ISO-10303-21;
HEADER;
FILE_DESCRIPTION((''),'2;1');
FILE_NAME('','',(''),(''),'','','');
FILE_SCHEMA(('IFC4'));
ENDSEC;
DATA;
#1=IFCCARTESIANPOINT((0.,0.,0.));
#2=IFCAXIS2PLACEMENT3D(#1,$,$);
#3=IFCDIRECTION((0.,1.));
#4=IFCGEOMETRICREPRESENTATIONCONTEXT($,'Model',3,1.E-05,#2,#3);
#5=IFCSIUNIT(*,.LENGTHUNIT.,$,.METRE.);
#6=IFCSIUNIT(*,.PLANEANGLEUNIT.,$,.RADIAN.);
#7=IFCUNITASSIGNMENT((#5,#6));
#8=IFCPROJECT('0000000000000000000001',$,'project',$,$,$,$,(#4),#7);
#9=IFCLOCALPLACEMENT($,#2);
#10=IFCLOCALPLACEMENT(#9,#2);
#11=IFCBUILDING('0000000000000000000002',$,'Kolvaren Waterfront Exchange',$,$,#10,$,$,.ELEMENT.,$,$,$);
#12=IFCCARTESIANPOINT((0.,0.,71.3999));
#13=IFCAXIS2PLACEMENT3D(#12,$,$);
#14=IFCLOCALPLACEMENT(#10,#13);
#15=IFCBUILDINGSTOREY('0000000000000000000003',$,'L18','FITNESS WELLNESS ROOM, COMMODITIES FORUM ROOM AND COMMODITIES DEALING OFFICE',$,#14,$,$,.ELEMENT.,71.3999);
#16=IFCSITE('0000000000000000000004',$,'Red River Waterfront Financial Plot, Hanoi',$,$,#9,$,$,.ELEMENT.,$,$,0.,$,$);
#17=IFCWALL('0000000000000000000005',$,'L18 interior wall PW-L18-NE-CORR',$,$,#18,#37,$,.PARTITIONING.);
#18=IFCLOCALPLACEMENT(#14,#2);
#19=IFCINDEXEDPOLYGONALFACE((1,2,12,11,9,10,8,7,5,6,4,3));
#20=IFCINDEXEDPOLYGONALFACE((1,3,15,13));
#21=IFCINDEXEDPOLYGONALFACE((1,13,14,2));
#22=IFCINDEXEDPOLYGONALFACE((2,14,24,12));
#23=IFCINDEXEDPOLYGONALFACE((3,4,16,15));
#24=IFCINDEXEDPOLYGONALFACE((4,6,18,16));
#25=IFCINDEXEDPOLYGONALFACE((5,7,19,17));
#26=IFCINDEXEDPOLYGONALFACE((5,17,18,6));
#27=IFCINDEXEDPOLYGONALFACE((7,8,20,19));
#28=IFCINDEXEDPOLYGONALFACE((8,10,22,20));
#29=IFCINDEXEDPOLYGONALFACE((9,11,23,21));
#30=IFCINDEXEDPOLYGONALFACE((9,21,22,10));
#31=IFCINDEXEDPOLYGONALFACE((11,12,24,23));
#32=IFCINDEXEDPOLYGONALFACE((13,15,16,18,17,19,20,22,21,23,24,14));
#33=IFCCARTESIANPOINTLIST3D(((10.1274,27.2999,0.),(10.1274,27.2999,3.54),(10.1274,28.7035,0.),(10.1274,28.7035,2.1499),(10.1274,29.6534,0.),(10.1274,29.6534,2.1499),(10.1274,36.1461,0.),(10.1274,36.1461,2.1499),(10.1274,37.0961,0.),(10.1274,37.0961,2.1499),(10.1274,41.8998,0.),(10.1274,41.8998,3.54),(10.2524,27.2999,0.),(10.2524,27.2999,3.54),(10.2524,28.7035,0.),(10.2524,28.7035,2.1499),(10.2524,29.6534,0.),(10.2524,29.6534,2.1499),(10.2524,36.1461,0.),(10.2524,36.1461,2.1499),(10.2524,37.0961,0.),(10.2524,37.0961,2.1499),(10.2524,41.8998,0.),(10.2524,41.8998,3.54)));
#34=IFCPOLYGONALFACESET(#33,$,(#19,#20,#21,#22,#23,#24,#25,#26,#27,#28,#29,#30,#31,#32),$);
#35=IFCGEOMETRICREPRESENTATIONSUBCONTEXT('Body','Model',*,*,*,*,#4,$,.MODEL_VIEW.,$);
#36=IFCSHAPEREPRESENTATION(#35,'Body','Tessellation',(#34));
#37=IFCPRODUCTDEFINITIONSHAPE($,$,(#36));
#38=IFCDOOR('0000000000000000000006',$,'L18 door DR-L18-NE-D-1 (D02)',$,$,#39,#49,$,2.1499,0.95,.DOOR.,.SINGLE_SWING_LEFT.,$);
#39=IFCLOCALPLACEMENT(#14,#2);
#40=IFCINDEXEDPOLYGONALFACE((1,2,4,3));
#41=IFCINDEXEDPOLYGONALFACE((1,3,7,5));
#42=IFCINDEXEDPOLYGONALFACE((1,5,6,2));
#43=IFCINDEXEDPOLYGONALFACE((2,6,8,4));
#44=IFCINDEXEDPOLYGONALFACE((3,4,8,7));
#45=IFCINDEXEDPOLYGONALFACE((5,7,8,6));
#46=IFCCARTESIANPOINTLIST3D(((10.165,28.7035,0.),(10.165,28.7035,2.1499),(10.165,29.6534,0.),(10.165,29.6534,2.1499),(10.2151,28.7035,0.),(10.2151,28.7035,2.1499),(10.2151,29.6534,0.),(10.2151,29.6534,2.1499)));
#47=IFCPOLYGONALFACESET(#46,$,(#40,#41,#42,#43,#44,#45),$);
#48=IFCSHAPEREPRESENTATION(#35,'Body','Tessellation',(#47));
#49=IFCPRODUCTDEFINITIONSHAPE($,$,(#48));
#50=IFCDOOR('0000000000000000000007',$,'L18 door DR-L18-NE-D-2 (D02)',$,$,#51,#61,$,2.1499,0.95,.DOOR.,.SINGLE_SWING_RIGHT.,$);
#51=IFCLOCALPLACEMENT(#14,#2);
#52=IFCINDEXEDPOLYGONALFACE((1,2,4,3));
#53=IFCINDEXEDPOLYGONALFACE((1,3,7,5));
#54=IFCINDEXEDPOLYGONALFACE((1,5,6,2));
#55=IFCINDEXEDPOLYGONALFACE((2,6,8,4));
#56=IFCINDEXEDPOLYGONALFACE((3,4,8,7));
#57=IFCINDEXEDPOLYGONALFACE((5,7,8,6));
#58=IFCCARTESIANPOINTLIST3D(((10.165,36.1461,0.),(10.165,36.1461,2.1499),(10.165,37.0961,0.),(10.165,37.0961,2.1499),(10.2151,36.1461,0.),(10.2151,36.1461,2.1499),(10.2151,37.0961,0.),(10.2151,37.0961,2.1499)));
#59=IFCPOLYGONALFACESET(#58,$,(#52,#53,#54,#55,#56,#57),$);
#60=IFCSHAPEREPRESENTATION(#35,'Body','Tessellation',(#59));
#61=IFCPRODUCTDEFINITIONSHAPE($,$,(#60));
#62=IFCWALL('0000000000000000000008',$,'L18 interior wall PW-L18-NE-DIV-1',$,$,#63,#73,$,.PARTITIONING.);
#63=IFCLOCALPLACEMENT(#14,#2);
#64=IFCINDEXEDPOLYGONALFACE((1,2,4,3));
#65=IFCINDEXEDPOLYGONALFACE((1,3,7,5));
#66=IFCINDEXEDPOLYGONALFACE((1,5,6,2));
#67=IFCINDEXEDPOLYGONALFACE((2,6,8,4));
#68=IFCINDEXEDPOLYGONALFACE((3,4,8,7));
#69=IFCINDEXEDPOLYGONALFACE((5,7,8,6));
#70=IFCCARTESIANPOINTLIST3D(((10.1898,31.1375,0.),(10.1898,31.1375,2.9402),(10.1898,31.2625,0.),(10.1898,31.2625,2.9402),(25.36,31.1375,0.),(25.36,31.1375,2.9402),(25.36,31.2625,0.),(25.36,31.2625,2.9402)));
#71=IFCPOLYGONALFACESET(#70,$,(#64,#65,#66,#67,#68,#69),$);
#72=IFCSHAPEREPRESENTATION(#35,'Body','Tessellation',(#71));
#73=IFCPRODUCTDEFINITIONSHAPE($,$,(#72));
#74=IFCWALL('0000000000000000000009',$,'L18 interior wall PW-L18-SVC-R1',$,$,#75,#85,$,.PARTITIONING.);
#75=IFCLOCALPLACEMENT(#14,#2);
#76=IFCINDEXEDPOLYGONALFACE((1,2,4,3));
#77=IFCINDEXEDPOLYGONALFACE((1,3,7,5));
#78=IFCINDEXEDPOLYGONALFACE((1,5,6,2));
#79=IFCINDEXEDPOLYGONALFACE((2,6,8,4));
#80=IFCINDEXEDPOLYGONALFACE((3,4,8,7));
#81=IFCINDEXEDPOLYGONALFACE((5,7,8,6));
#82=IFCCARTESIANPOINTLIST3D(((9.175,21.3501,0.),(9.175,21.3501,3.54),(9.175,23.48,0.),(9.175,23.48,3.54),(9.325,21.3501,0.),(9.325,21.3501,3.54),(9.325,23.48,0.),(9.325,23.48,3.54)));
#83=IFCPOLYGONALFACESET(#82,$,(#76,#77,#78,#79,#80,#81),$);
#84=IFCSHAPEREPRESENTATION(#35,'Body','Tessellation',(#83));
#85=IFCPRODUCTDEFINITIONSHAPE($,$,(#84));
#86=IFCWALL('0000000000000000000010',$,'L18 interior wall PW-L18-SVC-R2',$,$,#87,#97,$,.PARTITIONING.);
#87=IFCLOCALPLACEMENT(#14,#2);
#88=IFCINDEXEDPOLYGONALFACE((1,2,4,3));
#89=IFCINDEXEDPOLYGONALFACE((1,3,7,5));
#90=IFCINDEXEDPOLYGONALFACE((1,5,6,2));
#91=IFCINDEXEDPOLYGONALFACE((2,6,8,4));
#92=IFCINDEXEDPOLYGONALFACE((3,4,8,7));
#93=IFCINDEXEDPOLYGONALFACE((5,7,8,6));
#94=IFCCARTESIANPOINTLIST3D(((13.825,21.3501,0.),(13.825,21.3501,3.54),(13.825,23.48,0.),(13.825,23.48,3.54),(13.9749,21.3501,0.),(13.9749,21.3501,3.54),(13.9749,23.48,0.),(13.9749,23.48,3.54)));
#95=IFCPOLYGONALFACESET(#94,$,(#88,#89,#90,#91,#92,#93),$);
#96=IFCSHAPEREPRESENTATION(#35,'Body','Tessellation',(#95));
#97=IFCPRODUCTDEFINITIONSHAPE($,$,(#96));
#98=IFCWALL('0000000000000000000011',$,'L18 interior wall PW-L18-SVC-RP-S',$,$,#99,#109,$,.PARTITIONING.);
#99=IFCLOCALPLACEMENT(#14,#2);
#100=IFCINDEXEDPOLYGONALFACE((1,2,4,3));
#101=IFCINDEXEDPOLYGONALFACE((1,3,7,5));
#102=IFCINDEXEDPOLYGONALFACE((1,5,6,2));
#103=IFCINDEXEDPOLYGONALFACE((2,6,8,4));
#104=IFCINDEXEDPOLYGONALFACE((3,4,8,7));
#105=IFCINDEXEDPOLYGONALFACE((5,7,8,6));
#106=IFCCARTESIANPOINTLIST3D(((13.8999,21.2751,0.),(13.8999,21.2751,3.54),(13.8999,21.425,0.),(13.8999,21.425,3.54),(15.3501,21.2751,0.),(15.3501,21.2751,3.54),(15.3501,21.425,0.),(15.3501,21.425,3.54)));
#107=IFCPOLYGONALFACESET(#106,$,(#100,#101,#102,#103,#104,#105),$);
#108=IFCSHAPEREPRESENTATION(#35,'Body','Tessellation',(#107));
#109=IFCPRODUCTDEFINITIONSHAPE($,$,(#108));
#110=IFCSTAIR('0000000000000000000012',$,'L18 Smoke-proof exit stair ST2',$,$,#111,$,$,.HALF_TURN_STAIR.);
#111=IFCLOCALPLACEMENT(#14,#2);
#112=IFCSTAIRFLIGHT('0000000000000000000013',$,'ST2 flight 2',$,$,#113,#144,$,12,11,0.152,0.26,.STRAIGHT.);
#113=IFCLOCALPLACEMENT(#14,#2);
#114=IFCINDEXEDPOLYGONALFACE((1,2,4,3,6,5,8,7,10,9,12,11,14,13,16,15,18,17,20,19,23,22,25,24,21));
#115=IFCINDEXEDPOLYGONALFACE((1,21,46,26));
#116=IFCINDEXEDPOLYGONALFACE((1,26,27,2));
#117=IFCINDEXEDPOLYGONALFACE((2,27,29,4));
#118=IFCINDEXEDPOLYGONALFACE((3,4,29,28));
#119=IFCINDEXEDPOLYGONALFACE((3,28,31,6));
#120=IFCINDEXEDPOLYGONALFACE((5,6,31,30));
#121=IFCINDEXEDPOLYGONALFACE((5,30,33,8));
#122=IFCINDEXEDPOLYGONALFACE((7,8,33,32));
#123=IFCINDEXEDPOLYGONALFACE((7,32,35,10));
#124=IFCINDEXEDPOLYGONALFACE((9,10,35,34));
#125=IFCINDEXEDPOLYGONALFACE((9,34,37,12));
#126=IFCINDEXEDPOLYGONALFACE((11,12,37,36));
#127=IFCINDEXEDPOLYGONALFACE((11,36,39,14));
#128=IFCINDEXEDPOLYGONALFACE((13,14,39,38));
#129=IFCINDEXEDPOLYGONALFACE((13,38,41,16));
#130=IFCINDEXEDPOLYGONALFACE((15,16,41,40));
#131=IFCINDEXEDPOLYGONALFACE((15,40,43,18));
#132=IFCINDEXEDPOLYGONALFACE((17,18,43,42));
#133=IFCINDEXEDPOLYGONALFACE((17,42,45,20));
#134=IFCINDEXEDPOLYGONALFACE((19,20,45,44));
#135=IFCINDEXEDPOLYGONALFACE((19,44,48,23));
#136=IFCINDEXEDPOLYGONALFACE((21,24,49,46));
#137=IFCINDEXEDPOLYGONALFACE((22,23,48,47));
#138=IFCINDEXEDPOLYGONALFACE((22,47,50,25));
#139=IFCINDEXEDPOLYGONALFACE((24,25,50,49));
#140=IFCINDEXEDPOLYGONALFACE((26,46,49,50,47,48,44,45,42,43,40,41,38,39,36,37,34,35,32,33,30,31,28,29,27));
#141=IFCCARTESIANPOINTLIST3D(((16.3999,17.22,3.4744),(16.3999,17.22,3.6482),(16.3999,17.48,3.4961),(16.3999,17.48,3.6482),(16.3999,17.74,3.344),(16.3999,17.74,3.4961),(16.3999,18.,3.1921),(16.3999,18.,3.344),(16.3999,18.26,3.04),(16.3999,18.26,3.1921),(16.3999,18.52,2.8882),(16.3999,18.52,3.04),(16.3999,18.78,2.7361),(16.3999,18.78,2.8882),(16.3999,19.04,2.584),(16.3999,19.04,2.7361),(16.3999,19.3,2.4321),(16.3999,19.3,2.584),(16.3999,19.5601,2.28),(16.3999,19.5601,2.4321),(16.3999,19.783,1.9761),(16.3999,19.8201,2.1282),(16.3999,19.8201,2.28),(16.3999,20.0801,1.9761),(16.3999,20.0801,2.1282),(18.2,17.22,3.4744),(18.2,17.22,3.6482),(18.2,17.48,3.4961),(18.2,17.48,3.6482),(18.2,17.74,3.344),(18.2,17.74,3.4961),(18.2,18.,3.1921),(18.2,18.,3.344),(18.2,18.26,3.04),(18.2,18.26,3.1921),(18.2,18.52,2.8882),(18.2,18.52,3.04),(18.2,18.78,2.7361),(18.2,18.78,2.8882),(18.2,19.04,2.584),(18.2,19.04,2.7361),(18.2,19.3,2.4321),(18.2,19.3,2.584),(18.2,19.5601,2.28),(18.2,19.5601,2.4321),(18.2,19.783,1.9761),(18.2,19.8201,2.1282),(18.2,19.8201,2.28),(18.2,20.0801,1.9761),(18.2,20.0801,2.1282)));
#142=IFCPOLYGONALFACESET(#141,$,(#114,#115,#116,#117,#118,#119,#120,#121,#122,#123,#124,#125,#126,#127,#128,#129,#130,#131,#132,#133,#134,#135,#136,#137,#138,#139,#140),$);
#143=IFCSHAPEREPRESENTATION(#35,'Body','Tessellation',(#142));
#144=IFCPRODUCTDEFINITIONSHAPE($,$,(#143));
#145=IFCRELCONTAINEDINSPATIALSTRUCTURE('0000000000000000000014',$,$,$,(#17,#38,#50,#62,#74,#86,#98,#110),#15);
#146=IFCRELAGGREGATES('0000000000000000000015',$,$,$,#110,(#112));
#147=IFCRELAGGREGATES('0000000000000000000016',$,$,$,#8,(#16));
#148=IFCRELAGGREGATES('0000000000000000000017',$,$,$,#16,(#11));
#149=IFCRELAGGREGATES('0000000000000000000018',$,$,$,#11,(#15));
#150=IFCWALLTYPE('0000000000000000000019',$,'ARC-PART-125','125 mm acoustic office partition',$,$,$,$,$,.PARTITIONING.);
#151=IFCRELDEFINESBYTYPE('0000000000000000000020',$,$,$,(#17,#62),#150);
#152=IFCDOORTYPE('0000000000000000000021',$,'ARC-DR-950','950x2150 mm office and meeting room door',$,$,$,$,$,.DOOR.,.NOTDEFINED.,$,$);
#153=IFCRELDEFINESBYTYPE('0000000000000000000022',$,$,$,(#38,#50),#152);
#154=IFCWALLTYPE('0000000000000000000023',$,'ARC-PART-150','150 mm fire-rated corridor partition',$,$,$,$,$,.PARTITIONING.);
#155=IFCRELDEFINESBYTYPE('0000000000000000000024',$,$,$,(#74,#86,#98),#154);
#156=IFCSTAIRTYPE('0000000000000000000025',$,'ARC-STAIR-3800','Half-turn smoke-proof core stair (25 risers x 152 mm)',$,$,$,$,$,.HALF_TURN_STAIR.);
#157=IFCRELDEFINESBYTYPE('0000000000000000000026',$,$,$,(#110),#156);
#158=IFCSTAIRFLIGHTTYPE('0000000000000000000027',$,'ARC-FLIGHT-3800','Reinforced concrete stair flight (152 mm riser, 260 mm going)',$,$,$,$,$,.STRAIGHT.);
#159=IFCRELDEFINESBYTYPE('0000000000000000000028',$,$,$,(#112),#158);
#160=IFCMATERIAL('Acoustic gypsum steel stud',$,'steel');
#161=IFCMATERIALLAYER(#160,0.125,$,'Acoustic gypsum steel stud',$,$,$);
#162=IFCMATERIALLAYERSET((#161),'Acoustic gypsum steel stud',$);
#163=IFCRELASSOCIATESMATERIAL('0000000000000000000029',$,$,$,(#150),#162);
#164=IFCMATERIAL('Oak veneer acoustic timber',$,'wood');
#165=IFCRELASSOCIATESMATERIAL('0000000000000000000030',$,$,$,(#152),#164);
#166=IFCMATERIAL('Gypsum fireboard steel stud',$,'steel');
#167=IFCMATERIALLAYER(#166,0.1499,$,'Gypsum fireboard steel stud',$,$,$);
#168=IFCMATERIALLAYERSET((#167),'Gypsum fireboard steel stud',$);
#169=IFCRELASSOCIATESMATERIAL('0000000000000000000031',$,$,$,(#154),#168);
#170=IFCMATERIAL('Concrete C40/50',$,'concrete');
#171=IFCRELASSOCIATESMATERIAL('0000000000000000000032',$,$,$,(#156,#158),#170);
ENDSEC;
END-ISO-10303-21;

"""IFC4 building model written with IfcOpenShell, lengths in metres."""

from ifc_helpers import new_model, si_unit, direction, frame, frame_2d, origin, place, context, subcontext, project, spatial, polyline, rectangle, outline, extrude, material, layer, layer_set, type_object, element, fill, aggregate, save


model = new_model("IFC4")

# Units and contexts
model_context = context("Model", 3, precision=1e-05, world=origin(), true_north=direction((0.0, 1.0)))
body_context = subcontext(model_context, "Body", "Model", "MODEL_VIEW")
ifc_project = project(units=[si_unit("LENGTHUNIT", "METRE"), si_unit("PLANEANGLEUNIT", "RADIAN")], contexts=[model_context])

# Site, building, storey
site_placement = place(None, origin())
site = spatial("IfcSite", under=ifc_project, at=site_placement, Name="Red River Waterfront Financial Plot, Hanoi", CompositionType="ELEMENT", RefElevation=0.0)
building_placement = place(site_placement, origin())
building = spatial("IfcBuilding", under=site, at=building_placement, Name="Kolvaren Waterfront Exchange", CompositionType="ELEMENT")
storey_placement = place(building_placement, frame((0.0, 0.0, 71.3999)))
storey = spatial("IfcBuildingStorey", under=building, at=storey_placement, Name="L18", Description="FITNESS WELLNESS ROOM, COMMODITIES FORUM ROOM AND COMMODITIES DEALING OFFICE", CompositionType="ELEMENT", Elevation=71.3999)

# Shared definitions
ifc_material_1 = material(Name="Acoustic gypsum steel stud", Category="steel")
ifc_layer_1 = layer(ifc_material_1, 0.125, Name="Acoustic gypsum steel stud")
ifc_layer_set_1 = layer_set([ifc_layer_1], Name="Acoustic gypsum steel stud")
wall_type_1 = type_object("IfcWallType", Name="ARC-PART-125", Description="125 mm acoustic office partition", PredefinedType="PARTITIONING", material=ifc_layer_set_1)

# Shared definitions
ifc_material_2 = material(Name="Oak veneer acoustic timber", Category="wood")
door_type_1 = type_object("IfcDoorType", Name="ARC-DR-950", Description="950x2150 mm office and meeting room door", OperationType="NOTDEFINED", PredefinedType="DOOR", material=ifc_material_2)

# Wall, openings, doors
wall_1_placement = place(storey_placement, frame((10.1899, 27.3, 0.0), z_axis=(0.0, 0.0, 1.0), x_axis=(0.0, 1.0, 0.0)))
wall_1 = element("IfcWall", 1, at=wall_1_placement, inside=storey, type_object=wall_type_1, Name="L18 interior wall PW-L18-NE-CORR", PredefinedType="PARTITIONING", context=body_context, shape_type="SweptSolid", body=[
    extrude(rectangle(XDim=14.5999, YDim=0.125, at=frame_2d((7.2998, 0.0))), origin(), (0.0, 0.0, 1.0), 3.54),
])
opening_1_placement = place(wall_1_placement, frame((1.4033, 0.0, 0.0)))
opening_1 = element("IfcOpeningElement", 2, at=opening_1_placement, cuts=wall_1, PredefinedType="OPENING", context=body_context, shape_type="SweptSolid", body=[
    extrude(rectangle(XDim=0.95, YDim=2.1499, at=frame_2d((0.4751, 1.075))), frame((0.0, 0.0725, 0.0), z_axis=(0.0, -1.0, 0.0), x_axis=(1.0, 0.0, 0.0)), (0.0, 0.0, 1.0), 0.145),
])
opening_2_placement = place(wall_1_placement, frame((8.8459, 0.0, 0.0)))
opening_2 = element("IfcOpeningElement", 3, at=opening_2_placement, cuts=wall_1, PredefinedType="OPENING", context=body_context, shape_type="SweptSolid", body=[
    extrude(rectangle(XDim=0.95, YDim=2.1499, at=frame_2d((0.4751, 1.075))), frame((0.0, 0.0725, 0.0), z_axis=(0.0, -1.0, 0.0), x_axis=(1.0, 0.0, 0.0)), (0.0, 0.0, 1.0), 0.145),
])
door_1_placement = place(opening_1_placement, origin())
door_1 = element("IfcDoor", 4, at=door_1_placement, inside=storey, type_object=door_type_1, Name="L18 door DR-L18-NE-D-1 (D02)", OperationType="SINGLE_SWING_LEFT", OverallHeight=2.1499, OverallWidth=0.95, PredefinedType="DOOR", context=body_context, shape_type="SweptSolid", body=[
    extrude(rectangle(XDim=0.95, YDim=2.1499, at=frame_2d((0.4751, 1.075))), frame((0.0, 0.0249, 0.0), z_axis=(0.0, -1.0, 0.0), x_axis=(1.0, 0.0, 0.0)), (0.0, 0.0, 1.0), 0.05),
])
fill(opening_1, door_1)
door_2_placement = place(opening_2_placement, origin())
door_2 = element("IfcDoor", 5, at=door_2_placement, inside=storey, type_object=door_type_1, Name="L18 door DR-L18-NE-D-2 (D02)", OperationType="SINGLE_SWING_RIGHT", OverallHeight=2.1499, OverallWidth=0.95, PredefinedType="DOOR", context=body_context, shape_type="SweptSolid", body=[
    extrude(rectangle(XDim=0.95, YDim=2.1499, at=frame_2d((0.4751, 1.075))), frame((0.0, 0.0249, 0.0), z_axis=(0.0, -1.0, 0.0), x_axis=(1.0, 0.0, 0.0)), (0.0, 0.0, 1.0), 0.05),
])
fill(opening_2, door_2)

# Walls
wall_2_placement = place(storey_placement, frame((10.1899, 31.2, 0.0), z_axis=(0.0, 0.0, 1.0), x_axis=(1.0, 0.0, 0.0)))
element("IfcWall", 6, at=wall_2_placement, inside=storey, type_object=wall_type_1, Name="L18 interior wall PW-L18-NE-DIV-1", PredefinedType="PARTITIONING", context=body_context, shape_type="SweptSolid", body=[
    extrude(rectangle(XDim=15.1702, YDim=0.125, at=frame_2d((7.585, 0.0))), origin(), (0.0, 0.0, 1.0), 2.9402),
])
ifc_material_3 = material(Name="Gypsum fireboard steel stud", Category="steel")
ifc_layer_2 = layer(ifc_material_3, 0.1499, Name="Gypsum fireboard steel stud")
ifc_layer_set_2 = layer_set([ifc_layer_2], Name="Gypsum fireboard steel stud")
wall_type_2 = type_object("IfcWallType", Name="ARC-PART-150", Description="150 mm fire-rated corridor partition", PredefinedType="PARTITIONING", material=ifc_layer_set_2)
for number, where, z_axis, x_axis, name in (
    (7, (9.25, 21.3501, 0.0), (0.0, 0.0, 1.0), (0.0, 1.0, 0.0), "L18 interior wall PW-L18-SVC-R1"),
    (8, (13.8999, 21.3501, 0.0), (0.0, 0.0, 1.0), (0.0, 1.0, 0.0), "L18 interior wall PW-L18-SVC-R2"),
):
    element("IfcWall", number, at=place(storey_placement, frame(where, z_axis=z_axis, x_axis=x_axis)), inside=storey, type_object=wall_type_2, Name=name, PredefinedType="PARTITIONING", context=body_context, shape_type="SweptSolid", body=[
        extrude(rectangle(XDim=2.1299, YDim=0.1499, at=frame_2d((1.0649, 0.0))), origin(), (0.0, 0.0, 1.0), 3.54),
    ])

# Wall
wall_3_placement = place(storey_placement, frame((13.8999, 21.3501, 0.0), z_axis=(0.0, 0.0, 1.0), x_axis=(1.0, 0.0, 0.0)))
element("IfcWall", 9, at=wall_3_placement, inside=storey, type_object=wall_type_2, Name="L18 interior wall PW-L18-SVC-RP-S", PredefinedType="PARTITIONING", context=body_context, shape_type="SweptSolid", body=[
    extrude(rectangle(XDim=1.4502, YDim=0.1499, at=frame_2d((0.7251, 0.0))), origin(), (0.0, 0.0, 1.0), 3.54),
])

# Stair, stair flight
ifc_material_4 = material(Name="Concrete C40/50", Category="concrete")
stair_type = type_object("IfcStairType", Name="ARC-STAIR-3800", Description="Half-turn smoke-proof core stair (25 risers x 152 mm)", PredefinedType="HALF_TURN_STAIR", material=ifc_material_4)
stair_placement = place(storey_placement, origin())
stair = element("IfcStair", 10, at=stair_placement, inside=storey, type_object=stair_type, Name="L18 Smoke-proof exit stair ST2", PredefinedType="HALF_TURN_STAIR")
stair_flight_type = type_object("IfcStairFlightType", Name="ARC-FLIGHT-3800", Description="Reinforced concrete stair flight (152 mm riser, 260 mm going)", PredefinedType="STRAIGHT", material=ifc_material_4)
stair_flight_placement = place(storey_placement, frame((17.3, 20.0801, 1.9761), z_axis=(0.0, 0.0, 1.0), x_axis=(0.0, -1.0, 0.0)))
stair_flight = element("IfcStairFlight", 11, at=stair_flight_placement, type_object=stair_flight_type, Name="ST2 flight 2", NumberOfRisers=12, NumberOfTreads=11, PredefinedType="STRAIGHT", RiserHeight=0.152, TreadLength=0.26, context=body_context, shape_type="SweptSolid", body=[
    extrude(outline(polyline([(0.0, 0.0), (0.0, 0.1521), (0.26, 0.1521), (0.26, 0.304), (0.52, 0.304), (0.52, 0.4561), (0.78, 0.4561), (0.78, 0.6079), (1.04, 0.6079), (1.04, 0.76), (1.3, 0.76), (1.3, 0.9121), (1.5601, 0.9121), (1.5601, 1.064), (1.8201, 1.064), (1.8201, 1.2161), (2.0801, 1.2161), (2.0801, 1.3679), (2.3401, 1.3679), (2.3401, 1.52), (2.6001, 1.52), (2.6001, 1.6721), (2.8601, 1.6721), (2.8601, 1.824), (2.8601, 1.4983), (0.2971, 0.0), (0.0, 0.0)])), frame((0.0, 0.8999, 0.0), z_axis=(0.0, -1.0, 0.0), x_axis=(1.0, 0.0, 0.0)), (0.0, 0.0, 1.0), 1.8),
])
aggregate(stair, [stair_flight])

save(model, "model.ifc")
